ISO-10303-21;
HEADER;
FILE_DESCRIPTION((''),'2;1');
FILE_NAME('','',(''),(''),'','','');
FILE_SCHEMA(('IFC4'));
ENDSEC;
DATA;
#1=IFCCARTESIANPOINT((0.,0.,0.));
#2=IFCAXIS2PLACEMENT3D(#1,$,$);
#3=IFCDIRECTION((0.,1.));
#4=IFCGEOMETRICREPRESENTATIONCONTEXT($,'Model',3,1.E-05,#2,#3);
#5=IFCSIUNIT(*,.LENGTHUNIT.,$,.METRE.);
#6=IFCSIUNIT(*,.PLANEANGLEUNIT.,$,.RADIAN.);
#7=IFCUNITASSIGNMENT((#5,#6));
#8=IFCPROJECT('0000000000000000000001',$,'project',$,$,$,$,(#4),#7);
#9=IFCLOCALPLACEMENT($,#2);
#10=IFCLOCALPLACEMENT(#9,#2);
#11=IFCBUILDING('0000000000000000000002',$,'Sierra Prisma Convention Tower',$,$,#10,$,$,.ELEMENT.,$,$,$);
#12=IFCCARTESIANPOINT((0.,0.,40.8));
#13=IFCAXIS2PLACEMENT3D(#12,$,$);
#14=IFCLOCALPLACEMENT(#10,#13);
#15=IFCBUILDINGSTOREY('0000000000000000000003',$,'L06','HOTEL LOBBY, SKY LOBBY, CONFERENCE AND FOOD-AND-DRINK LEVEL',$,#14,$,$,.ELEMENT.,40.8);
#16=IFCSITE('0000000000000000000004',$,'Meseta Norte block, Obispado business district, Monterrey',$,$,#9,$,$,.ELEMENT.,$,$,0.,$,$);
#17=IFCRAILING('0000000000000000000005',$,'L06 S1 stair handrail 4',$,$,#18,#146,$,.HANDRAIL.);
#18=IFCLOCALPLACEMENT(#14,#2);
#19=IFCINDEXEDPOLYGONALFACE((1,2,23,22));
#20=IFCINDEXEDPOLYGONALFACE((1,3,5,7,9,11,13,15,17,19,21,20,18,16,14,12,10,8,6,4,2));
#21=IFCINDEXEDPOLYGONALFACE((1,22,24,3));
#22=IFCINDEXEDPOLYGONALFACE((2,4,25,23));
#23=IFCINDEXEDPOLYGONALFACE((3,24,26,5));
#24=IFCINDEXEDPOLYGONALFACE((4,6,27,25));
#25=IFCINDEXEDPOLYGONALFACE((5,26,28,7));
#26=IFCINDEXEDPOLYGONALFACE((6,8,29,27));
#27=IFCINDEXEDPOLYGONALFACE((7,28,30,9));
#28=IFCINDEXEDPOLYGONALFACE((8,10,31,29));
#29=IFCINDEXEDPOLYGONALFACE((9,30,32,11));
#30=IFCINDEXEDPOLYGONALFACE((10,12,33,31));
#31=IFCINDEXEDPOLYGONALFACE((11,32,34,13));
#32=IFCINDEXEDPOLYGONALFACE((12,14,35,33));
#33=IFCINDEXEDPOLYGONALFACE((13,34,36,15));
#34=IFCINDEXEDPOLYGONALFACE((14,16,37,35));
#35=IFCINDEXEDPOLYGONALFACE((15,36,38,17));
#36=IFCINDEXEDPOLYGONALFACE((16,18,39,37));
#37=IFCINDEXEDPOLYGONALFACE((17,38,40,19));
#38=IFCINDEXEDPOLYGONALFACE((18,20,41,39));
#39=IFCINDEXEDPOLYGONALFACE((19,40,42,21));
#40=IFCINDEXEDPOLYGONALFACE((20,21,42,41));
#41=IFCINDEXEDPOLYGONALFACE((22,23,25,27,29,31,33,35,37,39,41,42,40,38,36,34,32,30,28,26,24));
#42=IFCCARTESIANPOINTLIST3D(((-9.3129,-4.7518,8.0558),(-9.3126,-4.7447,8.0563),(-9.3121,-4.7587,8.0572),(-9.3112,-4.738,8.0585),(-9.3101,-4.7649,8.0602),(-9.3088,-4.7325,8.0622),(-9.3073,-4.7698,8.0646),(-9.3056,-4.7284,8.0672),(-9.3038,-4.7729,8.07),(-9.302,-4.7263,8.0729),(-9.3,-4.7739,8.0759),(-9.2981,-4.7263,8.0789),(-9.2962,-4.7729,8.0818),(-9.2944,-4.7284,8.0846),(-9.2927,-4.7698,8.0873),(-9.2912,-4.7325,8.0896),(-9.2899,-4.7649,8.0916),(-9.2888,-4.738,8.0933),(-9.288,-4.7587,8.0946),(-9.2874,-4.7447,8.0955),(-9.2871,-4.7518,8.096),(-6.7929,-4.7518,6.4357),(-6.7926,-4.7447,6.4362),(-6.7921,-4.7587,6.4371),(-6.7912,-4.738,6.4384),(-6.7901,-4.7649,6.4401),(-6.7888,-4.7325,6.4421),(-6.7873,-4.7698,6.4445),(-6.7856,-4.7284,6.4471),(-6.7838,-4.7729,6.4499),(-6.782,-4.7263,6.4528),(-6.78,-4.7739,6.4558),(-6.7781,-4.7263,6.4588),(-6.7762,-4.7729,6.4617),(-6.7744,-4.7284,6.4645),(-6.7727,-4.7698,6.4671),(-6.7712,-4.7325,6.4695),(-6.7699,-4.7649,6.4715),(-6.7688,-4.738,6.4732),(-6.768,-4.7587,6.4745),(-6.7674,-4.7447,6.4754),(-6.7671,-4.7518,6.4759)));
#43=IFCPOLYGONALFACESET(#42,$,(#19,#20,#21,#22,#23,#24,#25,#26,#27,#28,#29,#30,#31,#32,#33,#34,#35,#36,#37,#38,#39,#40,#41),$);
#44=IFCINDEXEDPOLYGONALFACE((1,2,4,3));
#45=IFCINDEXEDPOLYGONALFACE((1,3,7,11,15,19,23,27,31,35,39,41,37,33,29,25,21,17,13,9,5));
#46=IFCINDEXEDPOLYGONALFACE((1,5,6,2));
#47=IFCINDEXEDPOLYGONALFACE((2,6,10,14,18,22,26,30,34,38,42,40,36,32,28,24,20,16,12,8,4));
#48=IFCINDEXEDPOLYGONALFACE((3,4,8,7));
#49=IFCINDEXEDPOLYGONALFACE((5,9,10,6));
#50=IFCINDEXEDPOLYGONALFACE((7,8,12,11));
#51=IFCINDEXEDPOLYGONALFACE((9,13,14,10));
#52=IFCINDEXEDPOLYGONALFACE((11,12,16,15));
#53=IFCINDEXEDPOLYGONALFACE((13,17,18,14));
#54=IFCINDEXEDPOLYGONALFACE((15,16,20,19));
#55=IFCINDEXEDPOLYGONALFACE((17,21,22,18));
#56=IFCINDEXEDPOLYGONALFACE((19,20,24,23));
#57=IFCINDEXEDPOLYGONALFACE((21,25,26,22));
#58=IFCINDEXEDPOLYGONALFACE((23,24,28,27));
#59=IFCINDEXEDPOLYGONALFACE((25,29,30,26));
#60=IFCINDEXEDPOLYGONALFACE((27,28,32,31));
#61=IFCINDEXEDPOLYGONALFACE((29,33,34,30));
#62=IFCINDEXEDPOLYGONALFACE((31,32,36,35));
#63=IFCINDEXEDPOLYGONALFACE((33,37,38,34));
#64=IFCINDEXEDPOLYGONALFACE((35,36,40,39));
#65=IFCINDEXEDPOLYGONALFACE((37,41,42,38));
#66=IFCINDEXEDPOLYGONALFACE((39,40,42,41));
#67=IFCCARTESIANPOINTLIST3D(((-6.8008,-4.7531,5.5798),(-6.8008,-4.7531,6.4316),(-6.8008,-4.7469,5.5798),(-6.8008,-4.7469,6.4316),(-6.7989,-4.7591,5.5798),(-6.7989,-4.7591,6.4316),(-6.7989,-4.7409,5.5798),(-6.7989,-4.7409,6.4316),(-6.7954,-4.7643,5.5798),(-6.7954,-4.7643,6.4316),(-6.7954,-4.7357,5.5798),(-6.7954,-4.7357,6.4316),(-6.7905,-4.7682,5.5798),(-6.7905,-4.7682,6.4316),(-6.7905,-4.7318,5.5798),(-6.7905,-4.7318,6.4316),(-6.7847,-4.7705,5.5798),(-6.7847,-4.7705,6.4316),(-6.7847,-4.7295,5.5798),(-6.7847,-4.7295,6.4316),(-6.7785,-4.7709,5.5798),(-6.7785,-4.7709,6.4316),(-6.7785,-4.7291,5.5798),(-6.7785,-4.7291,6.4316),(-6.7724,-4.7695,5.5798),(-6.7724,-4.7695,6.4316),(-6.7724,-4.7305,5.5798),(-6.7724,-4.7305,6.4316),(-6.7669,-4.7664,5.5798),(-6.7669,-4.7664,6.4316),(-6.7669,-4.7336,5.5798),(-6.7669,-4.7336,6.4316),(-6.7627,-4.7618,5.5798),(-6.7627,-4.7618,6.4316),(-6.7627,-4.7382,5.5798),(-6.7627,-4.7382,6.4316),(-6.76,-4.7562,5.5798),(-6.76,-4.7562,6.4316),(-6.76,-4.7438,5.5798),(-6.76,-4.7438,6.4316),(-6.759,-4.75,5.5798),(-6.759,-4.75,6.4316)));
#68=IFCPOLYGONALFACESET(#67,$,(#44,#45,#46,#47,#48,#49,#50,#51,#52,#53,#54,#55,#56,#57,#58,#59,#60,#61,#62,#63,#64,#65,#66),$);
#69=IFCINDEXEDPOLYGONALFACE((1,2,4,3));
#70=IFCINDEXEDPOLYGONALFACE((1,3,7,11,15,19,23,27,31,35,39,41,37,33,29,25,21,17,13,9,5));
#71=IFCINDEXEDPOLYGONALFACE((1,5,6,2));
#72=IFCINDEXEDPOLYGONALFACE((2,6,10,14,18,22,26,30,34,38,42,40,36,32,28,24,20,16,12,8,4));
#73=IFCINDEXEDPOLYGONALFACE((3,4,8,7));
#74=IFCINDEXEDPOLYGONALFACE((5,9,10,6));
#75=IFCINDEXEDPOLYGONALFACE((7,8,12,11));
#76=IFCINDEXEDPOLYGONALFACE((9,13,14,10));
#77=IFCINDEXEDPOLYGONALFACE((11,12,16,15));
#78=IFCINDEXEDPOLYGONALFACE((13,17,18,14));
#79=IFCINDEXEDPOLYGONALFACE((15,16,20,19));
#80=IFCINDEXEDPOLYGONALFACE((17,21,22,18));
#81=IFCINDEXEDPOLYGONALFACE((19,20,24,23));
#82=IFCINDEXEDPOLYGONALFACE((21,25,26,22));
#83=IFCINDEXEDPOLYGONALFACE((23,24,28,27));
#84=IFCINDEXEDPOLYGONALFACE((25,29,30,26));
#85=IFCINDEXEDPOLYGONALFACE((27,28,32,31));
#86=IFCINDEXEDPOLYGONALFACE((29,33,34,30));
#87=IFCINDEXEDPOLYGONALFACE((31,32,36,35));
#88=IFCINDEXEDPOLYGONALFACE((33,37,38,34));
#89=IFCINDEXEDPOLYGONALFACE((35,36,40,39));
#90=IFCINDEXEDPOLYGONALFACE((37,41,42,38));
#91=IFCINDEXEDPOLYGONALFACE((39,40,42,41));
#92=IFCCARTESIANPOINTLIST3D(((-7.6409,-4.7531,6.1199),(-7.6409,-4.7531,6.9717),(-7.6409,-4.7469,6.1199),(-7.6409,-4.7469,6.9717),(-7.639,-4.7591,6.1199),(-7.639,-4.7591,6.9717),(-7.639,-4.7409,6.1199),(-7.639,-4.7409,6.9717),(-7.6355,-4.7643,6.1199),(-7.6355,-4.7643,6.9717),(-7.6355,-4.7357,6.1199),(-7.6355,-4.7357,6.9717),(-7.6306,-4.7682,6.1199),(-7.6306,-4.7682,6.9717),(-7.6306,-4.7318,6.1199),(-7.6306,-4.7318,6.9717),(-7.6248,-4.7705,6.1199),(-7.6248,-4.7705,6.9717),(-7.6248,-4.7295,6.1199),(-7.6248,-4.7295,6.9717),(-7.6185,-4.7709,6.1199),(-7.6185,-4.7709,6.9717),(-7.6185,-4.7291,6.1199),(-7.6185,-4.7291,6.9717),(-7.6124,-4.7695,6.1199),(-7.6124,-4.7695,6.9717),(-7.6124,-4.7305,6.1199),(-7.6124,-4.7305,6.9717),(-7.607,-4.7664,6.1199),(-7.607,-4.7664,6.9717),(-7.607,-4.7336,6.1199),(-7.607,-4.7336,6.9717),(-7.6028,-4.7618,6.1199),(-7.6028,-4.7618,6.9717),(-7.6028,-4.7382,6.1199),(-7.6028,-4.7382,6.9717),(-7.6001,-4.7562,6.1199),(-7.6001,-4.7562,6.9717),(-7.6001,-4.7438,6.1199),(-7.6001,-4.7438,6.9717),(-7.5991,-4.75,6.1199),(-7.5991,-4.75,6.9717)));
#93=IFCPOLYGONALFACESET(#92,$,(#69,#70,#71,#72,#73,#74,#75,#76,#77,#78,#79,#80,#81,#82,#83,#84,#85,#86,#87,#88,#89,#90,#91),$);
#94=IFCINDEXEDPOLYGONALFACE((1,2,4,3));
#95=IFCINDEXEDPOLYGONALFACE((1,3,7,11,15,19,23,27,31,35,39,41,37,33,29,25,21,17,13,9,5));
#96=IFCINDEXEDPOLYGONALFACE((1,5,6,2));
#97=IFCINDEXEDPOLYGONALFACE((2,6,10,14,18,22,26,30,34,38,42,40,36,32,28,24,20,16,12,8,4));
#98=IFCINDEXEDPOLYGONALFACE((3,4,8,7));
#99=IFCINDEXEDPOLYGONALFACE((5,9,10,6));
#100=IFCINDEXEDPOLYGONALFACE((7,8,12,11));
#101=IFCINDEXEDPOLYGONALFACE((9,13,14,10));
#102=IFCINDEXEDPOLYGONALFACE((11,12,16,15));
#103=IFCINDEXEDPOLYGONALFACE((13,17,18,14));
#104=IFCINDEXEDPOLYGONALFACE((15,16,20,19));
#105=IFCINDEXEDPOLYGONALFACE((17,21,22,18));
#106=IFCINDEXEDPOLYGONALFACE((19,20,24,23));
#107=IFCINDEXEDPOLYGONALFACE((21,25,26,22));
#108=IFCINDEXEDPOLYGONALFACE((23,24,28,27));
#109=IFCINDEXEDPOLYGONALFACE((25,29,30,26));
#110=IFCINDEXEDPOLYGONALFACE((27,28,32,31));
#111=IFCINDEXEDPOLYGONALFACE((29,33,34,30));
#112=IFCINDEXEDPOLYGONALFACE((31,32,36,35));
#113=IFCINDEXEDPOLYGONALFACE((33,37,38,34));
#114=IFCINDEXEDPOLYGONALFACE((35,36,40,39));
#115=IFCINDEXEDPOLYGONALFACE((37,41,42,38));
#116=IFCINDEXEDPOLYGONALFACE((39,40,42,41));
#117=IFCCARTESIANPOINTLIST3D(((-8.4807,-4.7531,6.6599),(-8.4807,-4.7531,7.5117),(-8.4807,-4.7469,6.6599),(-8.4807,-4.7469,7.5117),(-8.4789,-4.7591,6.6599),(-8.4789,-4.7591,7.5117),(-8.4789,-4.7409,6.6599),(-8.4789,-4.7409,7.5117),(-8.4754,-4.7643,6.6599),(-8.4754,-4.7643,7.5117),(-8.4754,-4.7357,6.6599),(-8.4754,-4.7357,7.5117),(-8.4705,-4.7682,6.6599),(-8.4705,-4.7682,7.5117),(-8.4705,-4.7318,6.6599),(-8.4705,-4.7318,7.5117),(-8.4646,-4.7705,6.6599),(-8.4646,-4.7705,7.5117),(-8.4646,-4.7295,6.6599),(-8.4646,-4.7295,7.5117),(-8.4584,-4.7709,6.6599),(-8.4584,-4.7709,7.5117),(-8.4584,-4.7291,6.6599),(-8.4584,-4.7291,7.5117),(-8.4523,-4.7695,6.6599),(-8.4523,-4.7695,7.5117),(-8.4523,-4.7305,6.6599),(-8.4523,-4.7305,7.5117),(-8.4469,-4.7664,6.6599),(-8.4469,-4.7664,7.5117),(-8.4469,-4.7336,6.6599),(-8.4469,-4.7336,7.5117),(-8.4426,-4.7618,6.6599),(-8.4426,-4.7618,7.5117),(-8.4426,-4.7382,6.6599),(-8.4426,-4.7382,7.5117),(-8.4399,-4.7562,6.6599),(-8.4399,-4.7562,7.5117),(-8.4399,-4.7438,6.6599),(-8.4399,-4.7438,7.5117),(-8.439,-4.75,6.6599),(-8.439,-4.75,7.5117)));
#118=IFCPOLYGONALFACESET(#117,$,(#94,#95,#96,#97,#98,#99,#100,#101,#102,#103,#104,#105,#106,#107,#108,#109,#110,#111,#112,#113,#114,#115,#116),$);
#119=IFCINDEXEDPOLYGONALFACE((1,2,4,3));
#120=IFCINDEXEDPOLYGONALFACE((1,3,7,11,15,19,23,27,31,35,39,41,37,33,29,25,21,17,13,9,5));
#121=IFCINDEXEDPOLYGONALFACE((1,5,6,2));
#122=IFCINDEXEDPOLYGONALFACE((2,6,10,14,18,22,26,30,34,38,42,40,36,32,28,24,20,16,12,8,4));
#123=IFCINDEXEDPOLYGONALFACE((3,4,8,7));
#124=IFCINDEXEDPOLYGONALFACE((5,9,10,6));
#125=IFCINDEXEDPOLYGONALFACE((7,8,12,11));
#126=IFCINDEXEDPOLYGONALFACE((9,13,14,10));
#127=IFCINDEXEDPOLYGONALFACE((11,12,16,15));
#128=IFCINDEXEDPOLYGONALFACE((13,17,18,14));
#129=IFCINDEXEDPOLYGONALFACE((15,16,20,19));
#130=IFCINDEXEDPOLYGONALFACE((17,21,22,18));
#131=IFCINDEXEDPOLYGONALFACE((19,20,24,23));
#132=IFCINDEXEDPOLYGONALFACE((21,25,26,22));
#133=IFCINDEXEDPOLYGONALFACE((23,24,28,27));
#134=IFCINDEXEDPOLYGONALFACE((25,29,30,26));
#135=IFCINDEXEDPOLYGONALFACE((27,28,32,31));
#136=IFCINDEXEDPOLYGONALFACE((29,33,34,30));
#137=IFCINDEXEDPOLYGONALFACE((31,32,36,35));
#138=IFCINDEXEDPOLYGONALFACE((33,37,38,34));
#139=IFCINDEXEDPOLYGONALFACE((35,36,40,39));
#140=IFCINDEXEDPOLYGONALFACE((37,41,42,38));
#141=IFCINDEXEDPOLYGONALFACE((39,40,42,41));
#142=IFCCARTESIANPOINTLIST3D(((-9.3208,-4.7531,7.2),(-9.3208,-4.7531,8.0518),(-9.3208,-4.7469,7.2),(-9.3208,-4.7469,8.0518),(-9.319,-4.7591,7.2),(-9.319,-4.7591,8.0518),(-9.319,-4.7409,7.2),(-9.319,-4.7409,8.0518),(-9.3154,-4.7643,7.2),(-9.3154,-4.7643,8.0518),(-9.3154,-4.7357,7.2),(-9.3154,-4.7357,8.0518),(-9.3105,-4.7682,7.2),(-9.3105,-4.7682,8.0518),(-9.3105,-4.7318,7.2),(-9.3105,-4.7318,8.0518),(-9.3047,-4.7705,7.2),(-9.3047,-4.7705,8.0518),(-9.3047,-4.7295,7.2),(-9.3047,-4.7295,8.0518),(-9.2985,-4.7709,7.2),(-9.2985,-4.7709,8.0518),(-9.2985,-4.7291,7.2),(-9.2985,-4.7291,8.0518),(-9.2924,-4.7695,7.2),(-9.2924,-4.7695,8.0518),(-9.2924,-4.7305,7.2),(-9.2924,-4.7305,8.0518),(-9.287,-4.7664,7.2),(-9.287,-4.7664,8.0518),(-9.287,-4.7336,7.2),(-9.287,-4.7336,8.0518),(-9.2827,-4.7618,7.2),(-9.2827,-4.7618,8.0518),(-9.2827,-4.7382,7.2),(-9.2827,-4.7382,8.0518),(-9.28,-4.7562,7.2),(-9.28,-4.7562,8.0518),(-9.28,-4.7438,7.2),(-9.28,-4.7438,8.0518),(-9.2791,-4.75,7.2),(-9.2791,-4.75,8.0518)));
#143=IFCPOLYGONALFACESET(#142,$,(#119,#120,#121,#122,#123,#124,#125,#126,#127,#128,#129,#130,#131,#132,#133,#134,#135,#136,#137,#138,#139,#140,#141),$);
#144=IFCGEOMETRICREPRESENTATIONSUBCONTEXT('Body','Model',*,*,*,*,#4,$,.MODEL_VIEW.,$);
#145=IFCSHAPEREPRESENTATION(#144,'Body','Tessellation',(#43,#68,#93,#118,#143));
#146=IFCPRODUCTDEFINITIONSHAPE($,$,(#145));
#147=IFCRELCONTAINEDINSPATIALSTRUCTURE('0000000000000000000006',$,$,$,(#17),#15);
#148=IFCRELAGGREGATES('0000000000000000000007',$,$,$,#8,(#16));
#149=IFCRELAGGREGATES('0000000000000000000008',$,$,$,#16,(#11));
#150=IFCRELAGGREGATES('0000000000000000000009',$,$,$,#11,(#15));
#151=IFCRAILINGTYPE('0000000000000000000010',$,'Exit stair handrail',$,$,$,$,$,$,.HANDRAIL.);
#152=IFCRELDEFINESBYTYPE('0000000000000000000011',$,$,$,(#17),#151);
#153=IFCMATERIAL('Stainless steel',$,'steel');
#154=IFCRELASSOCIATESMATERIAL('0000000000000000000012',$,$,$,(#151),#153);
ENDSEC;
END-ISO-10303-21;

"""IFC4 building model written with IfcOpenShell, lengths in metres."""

from ifc_helpers import new_model, si_unit, direction, frame, origin, origin_2d, place, context, subcontext, project, spatial, circle, extrude, material, type_object, element, save


model = new_model("IFC4")

# Units and contexts
model_context = context("Model", 3, precision=1e-05, world=origin(), true_north=direction((0.0, 1.0)))
body_context = subcontext(model_context, "Body", "Model", "MODEL_VIEW")
ifc_project = project(units=[si_unit("LENGTHUNIT", "METRE"), si_unit("PLANEANGLEUNIT", "RADIAN")], contexts=[model_context])

# Site, building, storey
site_placement = place(None, origin())
site = spatial("IfcSite", under=ifc_project, at=site_placement, Name="Meseta Norte block, Obispado business district, Monterrey", CompositionType="ELEMENT", RefElevation=0.0)
building_placement = place(site_placement, origin())
building = spatial("IfcBuilding", under=site, at=building_placement, Name="Sierra Prisma Convention Tower", CompositionType="ELEMENT")
storey_placement = place(building_placement, frame((0.0, 0.0, 40.8)))
storey = spatial("IfcBuildingStorey", under=building, at=storey_placement, Name="L06", Description="HOTEL LOBBY, SKY LOBBY, CONFERENCE AND FOOD-AND-DRINK LEVEL", CompositionType="ELEMENT", Elevation=40.8)

# Railing
ifc_material_1 = material(Name="Stainless steel", Category="steel")
railing_type_1 = type_object("IfcRailingType", Name="Exit stair handrail", PredefinedType="HANDRAIL", material=ifc_material_1)
railing_1_placement = place(storey_placement, frame((-6.78, -4.75, 5.5798)))
element("IfcRailing", 1, at=railing_1_placement, inside=storey, type_object=railing_type_1, Name="L06 S1 stair handrail 4", PredefinedType="HANDRAIL", context=body_context, shape_type="SweptSolid", body=[
    extrude(circle(Radius=0.0239, at=origin_2d()), frame((0.0, 0.0, 0.876), z_axis=(-0.841163, 0.0, 0.540782), x_axis=(0.0, -1.0, 0.0)), (0.0, 0.0, 1.0), 2.9958),
    extrude(circle(Radius=0.021, at=origin_2d()), origin(), (0.0, 0.0, 1.0), 0.8518),
    extrude(circle(Radius=0.021, at=origin_2d()), frame((-0.8401, 0.0, 0.54)), (0.0, 0.0, 1.0), 0.8518),
    extrude(circle(Radius=0.021, at=origin_2d()), frame((-1.6799, 0.0, 1.0801)), (0.0, 0.0, 1.0), 0.8518),
    extrude(circle(Radius=0.021, at=origin_2d()), frame((-2.52, 0.0, 1.6201)), (0.0, 0.0, 1.0), 0.8518),
])

save(model, "model.ifc")
